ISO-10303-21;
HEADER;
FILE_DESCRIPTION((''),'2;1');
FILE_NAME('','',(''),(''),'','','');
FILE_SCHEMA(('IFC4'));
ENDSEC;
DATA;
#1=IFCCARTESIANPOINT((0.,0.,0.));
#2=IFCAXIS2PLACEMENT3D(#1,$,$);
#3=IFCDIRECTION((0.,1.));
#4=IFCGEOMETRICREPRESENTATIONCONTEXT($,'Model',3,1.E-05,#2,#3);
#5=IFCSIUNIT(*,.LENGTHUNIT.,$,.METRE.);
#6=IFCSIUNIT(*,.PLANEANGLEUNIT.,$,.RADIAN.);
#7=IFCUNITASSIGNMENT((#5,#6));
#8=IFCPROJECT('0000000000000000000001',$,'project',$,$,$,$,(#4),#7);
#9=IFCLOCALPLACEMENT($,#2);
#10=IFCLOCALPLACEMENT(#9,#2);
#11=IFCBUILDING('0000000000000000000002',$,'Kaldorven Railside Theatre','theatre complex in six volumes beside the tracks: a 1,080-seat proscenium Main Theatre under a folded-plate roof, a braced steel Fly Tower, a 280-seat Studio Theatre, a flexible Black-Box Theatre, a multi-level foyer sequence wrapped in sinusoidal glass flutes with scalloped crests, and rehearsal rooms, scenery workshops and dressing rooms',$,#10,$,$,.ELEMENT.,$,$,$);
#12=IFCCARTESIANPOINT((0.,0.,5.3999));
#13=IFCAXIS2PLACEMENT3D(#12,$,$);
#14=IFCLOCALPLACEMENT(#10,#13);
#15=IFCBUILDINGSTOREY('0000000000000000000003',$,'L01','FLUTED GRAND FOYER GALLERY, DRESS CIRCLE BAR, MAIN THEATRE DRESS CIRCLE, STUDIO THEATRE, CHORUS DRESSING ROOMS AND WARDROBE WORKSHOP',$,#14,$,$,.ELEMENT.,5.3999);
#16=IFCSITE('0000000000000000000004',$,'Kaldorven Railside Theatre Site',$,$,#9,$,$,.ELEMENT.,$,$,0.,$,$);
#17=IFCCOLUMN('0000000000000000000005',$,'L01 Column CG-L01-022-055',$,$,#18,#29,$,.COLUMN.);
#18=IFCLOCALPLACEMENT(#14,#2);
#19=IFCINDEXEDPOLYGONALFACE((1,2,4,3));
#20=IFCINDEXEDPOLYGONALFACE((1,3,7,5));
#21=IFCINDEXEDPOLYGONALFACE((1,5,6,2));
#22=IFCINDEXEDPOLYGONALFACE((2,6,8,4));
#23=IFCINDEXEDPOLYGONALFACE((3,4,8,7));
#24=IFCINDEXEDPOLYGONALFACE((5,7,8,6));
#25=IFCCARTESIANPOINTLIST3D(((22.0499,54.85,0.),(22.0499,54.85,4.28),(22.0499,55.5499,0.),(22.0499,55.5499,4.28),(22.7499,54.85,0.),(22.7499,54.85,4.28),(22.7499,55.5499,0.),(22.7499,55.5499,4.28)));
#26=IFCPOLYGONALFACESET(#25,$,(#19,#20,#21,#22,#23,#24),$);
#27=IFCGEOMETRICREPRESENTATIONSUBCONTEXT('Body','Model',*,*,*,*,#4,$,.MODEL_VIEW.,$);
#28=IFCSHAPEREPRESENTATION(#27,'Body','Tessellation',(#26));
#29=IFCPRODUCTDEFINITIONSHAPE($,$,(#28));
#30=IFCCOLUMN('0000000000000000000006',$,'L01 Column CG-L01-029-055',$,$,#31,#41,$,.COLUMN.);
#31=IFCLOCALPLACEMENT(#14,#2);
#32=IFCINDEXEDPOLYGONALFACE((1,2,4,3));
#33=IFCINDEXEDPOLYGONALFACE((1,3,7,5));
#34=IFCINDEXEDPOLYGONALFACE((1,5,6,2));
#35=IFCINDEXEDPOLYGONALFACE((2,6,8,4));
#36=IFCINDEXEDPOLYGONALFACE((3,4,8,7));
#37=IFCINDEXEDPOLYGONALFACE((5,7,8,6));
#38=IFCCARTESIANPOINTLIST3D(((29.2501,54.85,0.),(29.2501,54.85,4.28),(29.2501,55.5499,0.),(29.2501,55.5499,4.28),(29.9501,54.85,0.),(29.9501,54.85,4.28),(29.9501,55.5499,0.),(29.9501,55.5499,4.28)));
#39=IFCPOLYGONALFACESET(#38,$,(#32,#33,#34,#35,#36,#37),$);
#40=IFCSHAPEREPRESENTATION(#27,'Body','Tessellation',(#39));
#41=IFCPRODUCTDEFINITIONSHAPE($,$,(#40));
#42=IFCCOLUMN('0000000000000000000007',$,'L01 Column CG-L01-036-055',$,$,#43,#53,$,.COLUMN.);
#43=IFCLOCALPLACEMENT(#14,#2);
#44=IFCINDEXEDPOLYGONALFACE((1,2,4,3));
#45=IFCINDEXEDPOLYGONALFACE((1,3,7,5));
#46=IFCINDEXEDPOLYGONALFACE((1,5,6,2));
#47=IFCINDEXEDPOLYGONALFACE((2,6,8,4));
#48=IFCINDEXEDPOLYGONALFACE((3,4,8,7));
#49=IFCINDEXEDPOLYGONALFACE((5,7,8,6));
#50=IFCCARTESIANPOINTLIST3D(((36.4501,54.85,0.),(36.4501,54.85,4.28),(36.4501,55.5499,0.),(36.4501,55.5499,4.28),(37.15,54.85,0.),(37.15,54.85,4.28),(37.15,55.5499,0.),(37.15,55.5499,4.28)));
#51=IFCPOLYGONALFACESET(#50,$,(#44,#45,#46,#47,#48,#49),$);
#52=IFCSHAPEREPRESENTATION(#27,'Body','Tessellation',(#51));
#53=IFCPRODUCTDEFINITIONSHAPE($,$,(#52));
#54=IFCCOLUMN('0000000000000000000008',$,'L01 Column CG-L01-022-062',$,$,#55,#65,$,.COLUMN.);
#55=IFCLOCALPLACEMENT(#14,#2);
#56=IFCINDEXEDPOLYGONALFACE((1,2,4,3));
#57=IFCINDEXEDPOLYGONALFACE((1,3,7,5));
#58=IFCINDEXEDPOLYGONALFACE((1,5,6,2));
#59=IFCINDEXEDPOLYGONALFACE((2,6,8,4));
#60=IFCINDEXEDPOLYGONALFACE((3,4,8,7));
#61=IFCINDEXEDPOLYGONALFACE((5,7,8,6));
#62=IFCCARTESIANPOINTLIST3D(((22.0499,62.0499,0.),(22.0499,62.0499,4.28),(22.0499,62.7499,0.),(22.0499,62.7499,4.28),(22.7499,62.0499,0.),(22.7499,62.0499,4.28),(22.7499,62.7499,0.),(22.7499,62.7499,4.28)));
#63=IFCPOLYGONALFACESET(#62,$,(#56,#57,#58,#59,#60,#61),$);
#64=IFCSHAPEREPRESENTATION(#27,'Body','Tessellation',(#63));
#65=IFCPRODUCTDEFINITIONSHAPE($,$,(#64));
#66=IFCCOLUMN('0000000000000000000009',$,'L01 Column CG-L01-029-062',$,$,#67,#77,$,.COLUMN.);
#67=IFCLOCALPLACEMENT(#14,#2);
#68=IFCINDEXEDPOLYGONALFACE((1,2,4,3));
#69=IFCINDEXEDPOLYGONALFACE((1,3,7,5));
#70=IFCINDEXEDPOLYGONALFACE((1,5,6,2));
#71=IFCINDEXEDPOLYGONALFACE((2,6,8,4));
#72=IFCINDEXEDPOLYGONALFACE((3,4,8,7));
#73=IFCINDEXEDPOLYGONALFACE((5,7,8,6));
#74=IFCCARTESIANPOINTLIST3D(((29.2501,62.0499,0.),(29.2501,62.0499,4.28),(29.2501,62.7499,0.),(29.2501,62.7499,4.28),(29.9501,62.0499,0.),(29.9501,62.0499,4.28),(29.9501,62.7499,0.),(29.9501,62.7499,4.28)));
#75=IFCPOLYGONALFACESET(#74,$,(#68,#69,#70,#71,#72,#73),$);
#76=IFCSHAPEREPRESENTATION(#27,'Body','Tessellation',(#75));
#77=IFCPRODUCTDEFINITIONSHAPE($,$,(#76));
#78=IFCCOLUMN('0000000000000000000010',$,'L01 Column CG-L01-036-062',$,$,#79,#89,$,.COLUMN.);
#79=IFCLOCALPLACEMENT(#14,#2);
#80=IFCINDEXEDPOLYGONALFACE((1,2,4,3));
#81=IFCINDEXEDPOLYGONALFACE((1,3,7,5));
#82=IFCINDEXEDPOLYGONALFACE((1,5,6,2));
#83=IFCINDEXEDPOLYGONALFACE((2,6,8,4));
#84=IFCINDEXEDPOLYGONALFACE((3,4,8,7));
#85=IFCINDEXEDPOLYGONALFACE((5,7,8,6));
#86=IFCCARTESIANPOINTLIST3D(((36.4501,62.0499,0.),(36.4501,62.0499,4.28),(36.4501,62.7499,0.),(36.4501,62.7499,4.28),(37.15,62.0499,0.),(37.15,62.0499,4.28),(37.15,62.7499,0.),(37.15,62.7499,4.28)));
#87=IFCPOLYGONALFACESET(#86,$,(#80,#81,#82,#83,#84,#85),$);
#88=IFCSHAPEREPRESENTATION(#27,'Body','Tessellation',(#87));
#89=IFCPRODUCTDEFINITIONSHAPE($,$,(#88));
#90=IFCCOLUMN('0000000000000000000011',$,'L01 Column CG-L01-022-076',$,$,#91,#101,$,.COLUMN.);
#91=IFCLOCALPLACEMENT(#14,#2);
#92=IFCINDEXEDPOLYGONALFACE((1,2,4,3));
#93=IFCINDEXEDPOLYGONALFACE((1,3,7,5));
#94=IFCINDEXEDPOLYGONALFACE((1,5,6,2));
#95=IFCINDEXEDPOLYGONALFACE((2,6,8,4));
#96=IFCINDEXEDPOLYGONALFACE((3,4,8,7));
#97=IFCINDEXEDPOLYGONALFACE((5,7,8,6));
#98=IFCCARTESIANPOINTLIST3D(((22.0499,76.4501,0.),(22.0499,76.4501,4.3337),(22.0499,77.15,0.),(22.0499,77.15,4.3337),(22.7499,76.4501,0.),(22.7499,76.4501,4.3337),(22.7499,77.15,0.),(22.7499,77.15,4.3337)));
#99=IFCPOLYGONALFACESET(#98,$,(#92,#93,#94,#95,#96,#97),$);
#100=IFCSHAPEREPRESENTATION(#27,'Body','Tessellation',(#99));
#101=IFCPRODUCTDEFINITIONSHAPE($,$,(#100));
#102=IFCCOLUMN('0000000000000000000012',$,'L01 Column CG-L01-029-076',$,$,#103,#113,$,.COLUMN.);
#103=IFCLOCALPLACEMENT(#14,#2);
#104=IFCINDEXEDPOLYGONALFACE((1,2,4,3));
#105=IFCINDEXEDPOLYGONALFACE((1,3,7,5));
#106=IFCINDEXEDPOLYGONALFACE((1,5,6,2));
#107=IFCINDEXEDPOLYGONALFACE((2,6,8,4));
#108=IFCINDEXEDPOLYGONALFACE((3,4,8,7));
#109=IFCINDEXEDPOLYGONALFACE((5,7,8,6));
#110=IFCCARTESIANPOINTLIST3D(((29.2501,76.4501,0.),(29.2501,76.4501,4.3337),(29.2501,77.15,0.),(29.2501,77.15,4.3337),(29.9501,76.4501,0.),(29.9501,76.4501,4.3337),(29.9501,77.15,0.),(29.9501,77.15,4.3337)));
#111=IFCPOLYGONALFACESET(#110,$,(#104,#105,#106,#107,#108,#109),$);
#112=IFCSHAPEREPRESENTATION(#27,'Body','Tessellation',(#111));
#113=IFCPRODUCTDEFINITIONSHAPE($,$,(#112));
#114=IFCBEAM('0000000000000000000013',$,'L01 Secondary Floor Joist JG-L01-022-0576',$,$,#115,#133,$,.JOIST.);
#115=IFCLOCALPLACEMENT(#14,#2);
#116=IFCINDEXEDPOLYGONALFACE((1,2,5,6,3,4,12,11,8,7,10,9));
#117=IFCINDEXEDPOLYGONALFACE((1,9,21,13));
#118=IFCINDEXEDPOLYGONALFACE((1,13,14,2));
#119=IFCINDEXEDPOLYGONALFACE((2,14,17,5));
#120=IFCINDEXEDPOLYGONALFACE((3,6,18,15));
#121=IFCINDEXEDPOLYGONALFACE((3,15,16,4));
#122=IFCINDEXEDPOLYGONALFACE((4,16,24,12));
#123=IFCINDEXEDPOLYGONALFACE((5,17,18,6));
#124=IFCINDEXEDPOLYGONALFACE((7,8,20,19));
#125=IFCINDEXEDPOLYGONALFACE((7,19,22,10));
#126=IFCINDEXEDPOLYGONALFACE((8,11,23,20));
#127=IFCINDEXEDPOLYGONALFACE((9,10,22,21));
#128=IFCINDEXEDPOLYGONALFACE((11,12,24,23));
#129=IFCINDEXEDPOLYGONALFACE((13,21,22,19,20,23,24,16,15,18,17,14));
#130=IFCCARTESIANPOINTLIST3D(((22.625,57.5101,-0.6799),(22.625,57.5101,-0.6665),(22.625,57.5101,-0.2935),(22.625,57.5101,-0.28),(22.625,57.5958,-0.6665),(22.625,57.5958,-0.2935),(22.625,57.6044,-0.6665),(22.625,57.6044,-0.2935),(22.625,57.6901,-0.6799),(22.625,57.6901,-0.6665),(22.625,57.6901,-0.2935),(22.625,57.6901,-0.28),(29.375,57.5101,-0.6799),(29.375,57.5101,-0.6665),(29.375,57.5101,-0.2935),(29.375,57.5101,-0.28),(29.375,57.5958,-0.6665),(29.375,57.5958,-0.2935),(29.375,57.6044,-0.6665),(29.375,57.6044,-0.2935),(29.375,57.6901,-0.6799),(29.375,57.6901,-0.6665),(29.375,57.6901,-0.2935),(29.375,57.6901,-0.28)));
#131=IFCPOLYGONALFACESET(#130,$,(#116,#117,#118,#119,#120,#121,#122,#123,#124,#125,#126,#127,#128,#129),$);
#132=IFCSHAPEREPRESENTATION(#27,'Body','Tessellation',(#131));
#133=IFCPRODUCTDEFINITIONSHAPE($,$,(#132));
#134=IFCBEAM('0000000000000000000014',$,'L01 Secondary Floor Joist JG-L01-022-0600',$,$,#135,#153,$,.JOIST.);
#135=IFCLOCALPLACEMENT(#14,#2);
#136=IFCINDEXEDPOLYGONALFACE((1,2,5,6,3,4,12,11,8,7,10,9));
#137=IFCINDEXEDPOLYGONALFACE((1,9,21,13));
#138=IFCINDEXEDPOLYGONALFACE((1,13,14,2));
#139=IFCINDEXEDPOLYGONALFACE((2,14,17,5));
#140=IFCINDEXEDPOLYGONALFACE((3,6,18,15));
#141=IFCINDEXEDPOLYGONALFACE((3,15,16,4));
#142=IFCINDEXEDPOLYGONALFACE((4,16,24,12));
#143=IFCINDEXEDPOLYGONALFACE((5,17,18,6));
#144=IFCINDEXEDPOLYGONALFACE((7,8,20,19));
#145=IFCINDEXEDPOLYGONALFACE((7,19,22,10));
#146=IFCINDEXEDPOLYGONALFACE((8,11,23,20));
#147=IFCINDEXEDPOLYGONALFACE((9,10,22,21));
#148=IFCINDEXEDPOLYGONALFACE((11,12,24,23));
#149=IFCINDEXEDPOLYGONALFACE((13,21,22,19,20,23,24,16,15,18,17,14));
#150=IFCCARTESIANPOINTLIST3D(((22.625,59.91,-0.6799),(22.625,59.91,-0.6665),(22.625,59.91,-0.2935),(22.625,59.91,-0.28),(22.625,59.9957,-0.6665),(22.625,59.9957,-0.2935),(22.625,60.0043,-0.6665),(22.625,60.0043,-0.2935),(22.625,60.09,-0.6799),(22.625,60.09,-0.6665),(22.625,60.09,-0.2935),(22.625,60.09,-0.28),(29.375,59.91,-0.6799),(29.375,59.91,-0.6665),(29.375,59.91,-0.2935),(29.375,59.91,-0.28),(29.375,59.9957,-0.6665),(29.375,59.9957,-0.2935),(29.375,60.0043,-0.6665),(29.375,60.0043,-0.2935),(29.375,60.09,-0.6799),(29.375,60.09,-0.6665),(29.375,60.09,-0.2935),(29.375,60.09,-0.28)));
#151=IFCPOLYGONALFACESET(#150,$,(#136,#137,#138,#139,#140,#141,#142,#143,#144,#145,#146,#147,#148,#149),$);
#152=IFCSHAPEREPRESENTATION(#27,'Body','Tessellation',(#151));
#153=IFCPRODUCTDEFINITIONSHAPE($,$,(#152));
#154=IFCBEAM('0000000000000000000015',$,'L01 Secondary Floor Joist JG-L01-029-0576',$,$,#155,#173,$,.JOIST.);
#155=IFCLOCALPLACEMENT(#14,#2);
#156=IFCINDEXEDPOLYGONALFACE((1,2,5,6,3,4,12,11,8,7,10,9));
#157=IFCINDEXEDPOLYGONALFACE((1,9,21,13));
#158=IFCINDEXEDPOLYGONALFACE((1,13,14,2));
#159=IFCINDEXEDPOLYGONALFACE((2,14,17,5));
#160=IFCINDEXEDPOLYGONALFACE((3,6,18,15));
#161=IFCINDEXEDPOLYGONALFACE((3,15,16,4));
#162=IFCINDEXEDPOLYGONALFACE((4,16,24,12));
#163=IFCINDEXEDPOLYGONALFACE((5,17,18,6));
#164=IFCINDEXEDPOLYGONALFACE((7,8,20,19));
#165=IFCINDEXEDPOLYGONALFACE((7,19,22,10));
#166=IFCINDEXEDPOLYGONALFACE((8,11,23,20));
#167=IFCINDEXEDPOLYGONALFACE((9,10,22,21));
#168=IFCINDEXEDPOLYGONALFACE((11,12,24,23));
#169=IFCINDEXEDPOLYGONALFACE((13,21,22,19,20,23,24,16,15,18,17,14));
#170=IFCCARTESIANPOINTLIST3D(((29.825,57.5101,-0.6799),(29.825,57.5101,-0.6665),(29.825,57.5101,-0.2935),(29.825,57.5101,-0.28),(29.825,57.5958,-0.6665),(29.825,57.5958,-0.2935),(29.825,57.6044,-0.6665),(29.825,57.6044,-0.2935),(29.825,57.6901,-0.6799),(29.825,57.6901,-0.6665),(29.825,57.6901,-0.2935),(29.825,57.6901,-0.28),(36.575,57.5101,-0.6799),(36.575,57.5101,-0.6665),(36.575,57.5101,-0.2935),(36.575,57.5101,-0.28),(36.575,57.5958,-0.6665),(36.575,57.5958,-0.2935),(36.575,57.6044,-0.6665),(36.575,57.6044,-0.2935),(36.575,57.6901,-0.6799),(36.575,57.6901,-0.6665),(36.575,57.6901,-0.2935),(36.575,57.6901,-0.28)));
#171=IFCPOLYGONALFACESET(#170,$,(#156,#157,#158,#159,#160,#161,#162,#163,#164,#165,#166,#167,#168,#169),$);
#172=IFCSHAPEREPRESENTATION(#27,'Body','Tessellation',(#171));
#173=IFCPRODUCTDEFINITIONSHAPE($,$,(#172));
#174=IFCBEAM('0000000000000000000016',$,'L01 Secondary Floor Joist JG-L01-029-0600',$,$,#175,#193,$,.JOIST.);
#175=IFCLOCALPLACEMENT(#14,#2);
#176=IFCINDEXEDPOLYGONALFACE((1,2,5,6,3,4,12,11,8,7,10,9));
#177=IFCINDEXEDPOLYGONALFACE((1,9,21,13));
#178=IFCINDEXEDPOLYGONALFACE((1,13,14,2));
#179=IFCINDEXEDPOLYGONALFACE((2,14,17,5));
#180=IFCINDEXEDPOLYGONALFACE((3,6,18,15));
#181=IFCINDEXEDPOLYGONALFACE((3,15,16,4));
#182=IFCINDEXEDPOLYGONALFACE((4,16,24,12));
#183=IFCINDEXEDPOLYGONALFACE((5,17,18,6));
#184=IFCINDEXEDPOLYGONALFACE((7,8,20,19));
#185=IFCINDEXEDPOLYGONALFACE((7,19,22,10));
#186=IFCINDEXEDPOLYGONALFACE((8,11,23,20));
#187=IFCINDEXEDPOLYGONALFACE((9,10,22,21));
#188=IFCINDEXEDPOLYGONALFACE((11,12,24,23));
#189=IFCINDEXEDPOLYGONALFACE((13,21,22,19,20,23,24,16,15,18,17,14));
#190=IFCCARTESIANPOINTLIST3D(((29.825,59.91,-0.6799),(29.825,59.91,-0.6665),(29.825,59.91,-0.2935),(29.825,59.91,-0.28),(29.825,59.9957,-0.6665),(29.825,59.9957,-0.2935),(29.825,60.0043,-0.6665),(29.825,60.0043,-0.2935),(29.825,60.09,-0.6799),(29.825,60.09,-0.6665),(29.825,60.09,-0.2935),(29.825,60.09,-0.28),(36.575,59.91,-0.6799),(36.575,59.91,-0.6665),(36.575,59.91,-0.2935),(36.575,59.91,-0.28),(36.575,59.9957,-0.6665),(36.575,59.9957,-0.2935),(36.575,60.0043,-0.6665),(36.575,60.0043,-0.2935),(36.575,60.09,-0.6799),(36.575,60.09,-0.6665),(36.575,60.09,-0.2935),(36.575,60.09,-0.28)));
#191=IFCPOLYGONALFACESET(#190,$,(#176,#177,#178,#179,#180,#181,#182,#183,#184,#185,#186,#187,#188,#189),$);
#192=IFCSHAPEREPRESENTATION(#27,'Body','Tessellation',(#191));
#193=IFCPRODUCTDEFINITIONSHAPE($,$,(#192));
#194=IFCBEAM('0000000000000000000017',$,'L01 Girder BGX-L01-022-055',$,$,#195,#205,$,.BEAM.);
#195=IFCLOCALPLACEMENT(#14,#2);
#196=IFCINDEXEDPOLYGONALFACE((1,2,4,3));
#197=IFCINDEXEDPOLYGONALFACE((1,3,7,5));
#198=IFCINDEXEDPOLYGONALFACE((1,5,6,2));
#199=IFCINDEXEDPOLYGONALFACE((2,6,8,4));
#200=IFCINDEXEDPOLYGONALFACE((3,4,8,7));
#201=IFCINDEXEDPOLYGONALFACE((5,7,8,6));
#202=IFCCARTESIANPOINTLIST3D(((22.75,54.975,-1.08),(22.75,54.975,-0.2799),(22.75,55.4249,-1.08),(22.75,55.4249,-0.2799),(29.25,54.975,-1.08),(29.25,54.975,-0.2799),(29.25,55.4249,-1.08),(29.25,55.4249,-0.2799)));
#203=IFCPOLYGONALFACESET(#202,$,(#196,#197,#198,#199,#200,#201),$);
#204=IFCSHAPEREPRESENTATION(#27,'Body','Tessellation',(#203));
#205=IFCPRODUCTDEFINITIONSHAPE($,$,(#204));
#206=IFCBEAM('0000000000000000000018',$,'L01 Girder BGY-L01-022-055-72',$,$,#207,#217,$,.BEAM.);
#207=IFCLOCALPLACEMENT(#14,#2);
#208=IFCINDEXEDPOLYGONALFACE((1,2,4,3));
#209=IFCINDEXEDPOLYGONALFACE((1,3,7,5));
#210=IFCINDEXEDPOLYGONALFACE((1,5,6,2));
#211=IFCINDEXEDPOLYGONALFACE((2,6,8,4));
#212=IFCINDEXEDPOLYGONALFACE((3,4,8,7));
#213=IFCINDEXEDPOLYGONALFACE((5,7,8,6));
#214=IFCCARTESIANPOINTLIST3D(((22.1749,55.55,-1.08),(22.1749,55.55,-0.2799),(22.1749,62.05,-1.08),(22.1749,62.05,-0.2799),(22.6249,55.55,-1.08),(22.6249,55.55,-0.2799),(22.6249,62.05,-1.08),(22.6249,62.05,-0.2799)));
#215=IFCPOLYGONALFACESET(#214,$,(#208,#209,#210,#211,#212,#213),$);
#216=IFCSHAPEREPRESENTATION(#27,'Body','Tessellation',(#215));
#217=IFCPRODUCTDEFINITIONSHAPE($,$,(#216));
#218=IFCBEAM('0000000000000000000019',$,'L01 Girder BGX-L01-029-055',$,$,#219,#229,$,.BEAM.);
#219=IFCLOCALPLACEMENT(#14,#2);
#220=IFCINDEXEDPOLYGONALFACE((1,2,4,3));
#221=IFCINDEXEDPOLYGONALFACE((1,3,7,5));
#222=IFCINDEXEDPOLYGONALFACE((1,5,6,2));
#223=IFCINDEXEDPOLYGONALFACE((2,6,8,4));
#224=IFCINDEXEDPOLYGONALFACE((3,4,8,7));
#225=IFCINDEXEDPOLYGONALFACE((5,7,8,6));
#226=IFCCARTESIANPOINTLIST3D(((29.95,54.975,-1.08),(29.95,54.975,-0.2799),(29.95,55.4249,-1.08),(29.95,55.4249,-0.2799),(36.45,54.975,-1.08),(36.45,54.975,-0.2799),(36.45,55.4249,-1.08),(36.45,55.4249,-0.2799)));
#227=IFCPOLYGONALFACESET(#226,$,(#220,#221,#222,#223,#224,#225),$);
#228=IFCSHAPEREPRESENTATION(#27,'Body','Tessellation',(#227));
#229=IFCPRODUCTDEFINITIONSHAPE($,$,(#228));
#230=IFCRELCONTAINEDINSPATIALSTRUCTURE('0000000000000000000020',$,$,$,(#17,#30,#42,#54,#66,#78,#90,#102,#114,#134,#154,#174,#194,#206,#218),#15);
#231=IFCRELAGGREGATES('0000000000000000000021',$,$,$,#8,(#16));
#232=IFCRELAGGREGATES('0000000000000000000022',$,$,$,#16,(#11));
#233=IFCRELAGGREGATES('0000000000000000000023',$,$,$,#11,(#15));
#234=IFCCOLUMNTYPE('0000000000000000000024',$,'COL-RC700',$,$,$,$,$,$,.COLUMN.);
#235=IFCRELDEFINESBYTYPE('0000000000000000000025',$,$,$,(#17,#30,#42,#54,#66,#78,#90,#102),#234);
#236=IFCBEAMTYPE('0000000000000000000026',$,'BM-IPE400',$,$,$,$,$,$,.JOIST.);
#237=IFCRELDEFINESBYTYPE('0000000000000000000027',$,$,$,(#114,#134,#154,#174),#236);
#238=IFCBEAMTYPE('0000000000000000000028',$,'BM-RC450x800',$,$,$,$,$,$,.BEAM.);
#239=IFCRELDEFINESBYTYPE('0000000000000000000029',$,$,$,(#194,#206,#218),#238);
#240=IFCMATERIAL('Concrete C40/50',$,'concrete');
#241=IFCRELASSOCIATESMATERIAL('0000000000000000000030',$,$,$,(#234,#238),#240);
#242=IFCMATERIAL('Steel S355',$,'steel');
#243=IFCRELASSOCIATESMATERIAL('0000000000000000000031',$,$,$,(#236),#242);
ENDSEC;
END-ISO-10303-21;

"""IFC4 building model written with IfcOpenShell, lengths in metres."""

from ifc_helpers import new_model, si_unit, direction, frame, origin, origin_2d, place, context, subcontext, project, spatial, rectangle, i_section, extrude, material, material_profile, profile_set, type_object, element, save


model = new_model("IFC4")

# Units and contexts
model_context = context("Model", 3, precision=1e-05, world=origin(), true_north=direction((0.0, 1.0)))
body_context = subcontext(model_context, "Body", "Model", "MODEL_VIEW")
ifc_project = project(units=[si_unit("LENGTHUNIT", "METRE"), si_unit("PLANEANGLEUNIT", "RADIAN")], contexts=[model_context])

# Site, building, storey
site_placement = place(None, origin())
site = spatial("IfcSite", under=ifc_project, at=site_placement, Name="Kaldorven Railside Theatre Site", CompositionType="ELEMENT", RefElevation=0.0)
building_placement = place(site_placement, origin())
building = spatial("IfcBuilding", under=site, at=building_placement, Name="Kaldorven Railside Theatre", Description="theatre complex in six volumes beside the tracks: a 1,080-seat proscenium Main Theatre under a folded-plate roof, a braced steel Fly Tower, a 280-seat Studio Theatre, a flexible Black-Box Theatre, a multi-level foyer sequence wrapped in sinusoidal glass flutes with scalloped crests, and rehearsal rooms, scenery workshops and dressing rooms", CompositionType="ELEMENT")
storey_placement = place(building_placement, frame((0.0, 0.0, 5.3999)))
storey = spatial("IfcBuildingStorey", under=building, at=storey_placement, Name="L01", Description="FLUTED GRAND FOYER GALLERY, DRESS CIRCLE BAR, MAIN THEATRE DRESS CIRCLE, STUDIO THEATRE, CHORUS DRESSING ROOMS AND WARDROBE WORKSHOP", CompositionType="ELEMENT", Elevation=5.3999)

# Columns
ifc_material_1 = material(Name="Concrete C40/50", Category="concrete")
ifc_material_profile_1 = material_profile(ifc_material_1, rectangle(XDim=0.7, YDim=0.7, at=origin_2d()), Name="RC 700x700")
ifc_profile_set_1 = profile_set([ifc_material_profile_1], Name="Concrete C40/50")
column_type = type_object("IfcColumnType", Name="COL-RC700", PredefinedType="COLUMN", material=ifc_profile_set_1)
for number, where, z_axis, x_axis, name in (
    (1, (22.3999, 55.2, 0.0), (0.0, 0.0, 1.0), (0.0, 1.0, 0.0), "L01 Column CG-L01-022-055"),
    (2, (29.6001, 55.2, 0.0), (0.0, 0.0, 1.0), (1.0, 0.0, 0.0), "L01 Column CG-L01-029-055"),
    (3, (36.8, 55.2, 0.0), (0.0, 0.0, 1.0), (1.0, 0.0, 0.0), "L01 Column CG-L01-036-055"),
    (4, (22.3999, 62.3999, 0.0), (0.0, 0.0, 1.0), (1.0, 0.0, 0.0), "L01 Column CG-L01-022-062"),
    (5, (29.6001, 62.3999, 0.0), (0.0, 0.0, 1.0), (1.0, 0.0, 0.0), "L01 Column CG-L01-029-062"),
    (6, (36.8, 62.3999, 0.0), (0.0, 0.0, 1.0), (0.0, 1.0, 0.0), "L01 Column CG-L01-036-062"),
):
    element("IfcColumn", number, at=place(storey_placement, frame(where, z_axis=z_axis, x_axis=x_axis)), inside=storey, type_object=column_type, Name=name, PredefinedType="COLUMN", context=body_context, shape_type="SweptSolid", body=[
        extrude(rectangle(XDim=0.7, YDim=0.7, at=origin_2d()), origin(), (0.0, 0.0, 1.0), 4.28),
    ])
for number, where, z_axis, x_axis, name in (
    (7, (22.3999, 76.8, 0.0), (0.0, 0.0, 1.0), (0.0, 1.0, 0.0), "L01 Column CG-L01-022-076"),
    (8, (29.6001, 76.8, 0.0), (0.0, 0.0, 1.0), (1.0, 0.0, 0.0), "L01 Column CG-L01-029-076"),
):
    element("IfcColumn", number, at=place(storey_placement, frame(where, z_axis=z_axis, x_axis=x_axis)), inside=storey, type_object=column_type, Name=name, PredefinedType="COLUMN", context=body_context, shape_type="SweptSolid", body=[
        extrude(rectangle(XDim=0.7, YDim=0.7, at=origin_2d()), origin(), (0.0, 0.0, 1.0), 4.3337),
    ])

# Beams
ifc_material_2 = material(Name="Steel S355", Category="steel")
ifc_material_profile_2 = material_profile(ifc_material_2, i_section(OverallWidth=0.1799, OverallDepth=0.3999, WebThickness=0.0085, FlangeThickness=0.0134, at=origin_2d()), Name="IPE 400")
ifc_profile_set_2 = profile_set([ifc_material_profile_2], Name="Steel S355")
beam_type_1 = type_object("IfcBeamType", Name="BM-IPE400", PredefinedType="JOIST", material=ifc_profile_set_2)
for number, where, z_axis, x_axis, name in (
    (9, (22.625, 57.6001, -0.48), (1.0, 0.0, 0.0), (0.0, 1.0, 0.0), "L01 Secondary Floor Joist JG-L01-022-0576"),
    (10, (22.625, 60.0, -0.48), (1.0, 0.0, 0.0), (0.0, 1.0, 0.0), "L01 Secondary Floor Joist JG-L01-022-0600"),
    (11, (29.825, 57.6001, -0.48), (1.0, 0.0, 0.0), (0.0, 1.0, 0.0), "L01 Secondary Floor Joist JG-L01-029-0576"),
    (12, (29.825, 60.0, -0.48), (1.0, 0.0, 0.0), (0.0, 1.0, 0.0), "L01 Secondary Floor Joist JG-L01-029-0600"),
):
    element("IfcBeam", number, at=place(storey_placement, frame(where, z_axis=z_axis, x_axis=x_axis)), inside=storey, type_object=beam_type_1, Name=name, PredefinedType="JOIST", context=body_context, shape_type="SweptSolid", body=[
        extrude(i_section(OverallWidth=0.1799, OverallDepth=0.3999, WebThickness=0.0085, FlangeThickness=0.0134, at=origin_2d()), origin(), (0.0, 0.0, 1.0), 6.75),
    ])
ifc_material_profile_3 = material_profile(ifc_material_1, rectangle(XDim=0.45, YDim=0.8, at=origin_2d()), Name="RC 450x800")
ifc_profile_set_3 = profile_set([ifc_material_profile_3], Name="Concrete C40/50")
beam_type_2 = type_object("IfcBeamType", Name="BM-RC450x800", PredefinedType="BEAM", material=ifc_profile_set_3)
for number, where, z_axis, x_axis, name in (
    (13, (22.75, 55.2, -0.6799), (1.0, 0.0, 0.0), (0.0, 1.0, 0.0), "L01 Girder BGX-L01-022-055"),
    (14, (22.3999, 55.55, -0.6799), (0.0, 1.0, 0.0), (-1.0, 0.0, 0.0), "L01 Girder BGY-L01-022-055-72"),
    (15, (29.95, 55.2, -0.6799), (1.0, 0.0, 0.0), (0.0, 1.0, 0.0), "L01 Girder BGX-L01-029-055"),
):
    element("IfcBeam", number, at=place(storey_placement, frame(where, z_axis=z_axis, x_axis=x_axis)), inside=storey, type_object=beam_type_2, Name=name, PredefinedType="BEAM", context=body_context, shape_type="SweptSolid", body=[
        extrude(rectangle(XDim=0.45, YDim=0.8, at=origin_2d()), origin(), (0.0, 0.0, 1.0), 6.5),
    ])

save(model, "model.ifc")
